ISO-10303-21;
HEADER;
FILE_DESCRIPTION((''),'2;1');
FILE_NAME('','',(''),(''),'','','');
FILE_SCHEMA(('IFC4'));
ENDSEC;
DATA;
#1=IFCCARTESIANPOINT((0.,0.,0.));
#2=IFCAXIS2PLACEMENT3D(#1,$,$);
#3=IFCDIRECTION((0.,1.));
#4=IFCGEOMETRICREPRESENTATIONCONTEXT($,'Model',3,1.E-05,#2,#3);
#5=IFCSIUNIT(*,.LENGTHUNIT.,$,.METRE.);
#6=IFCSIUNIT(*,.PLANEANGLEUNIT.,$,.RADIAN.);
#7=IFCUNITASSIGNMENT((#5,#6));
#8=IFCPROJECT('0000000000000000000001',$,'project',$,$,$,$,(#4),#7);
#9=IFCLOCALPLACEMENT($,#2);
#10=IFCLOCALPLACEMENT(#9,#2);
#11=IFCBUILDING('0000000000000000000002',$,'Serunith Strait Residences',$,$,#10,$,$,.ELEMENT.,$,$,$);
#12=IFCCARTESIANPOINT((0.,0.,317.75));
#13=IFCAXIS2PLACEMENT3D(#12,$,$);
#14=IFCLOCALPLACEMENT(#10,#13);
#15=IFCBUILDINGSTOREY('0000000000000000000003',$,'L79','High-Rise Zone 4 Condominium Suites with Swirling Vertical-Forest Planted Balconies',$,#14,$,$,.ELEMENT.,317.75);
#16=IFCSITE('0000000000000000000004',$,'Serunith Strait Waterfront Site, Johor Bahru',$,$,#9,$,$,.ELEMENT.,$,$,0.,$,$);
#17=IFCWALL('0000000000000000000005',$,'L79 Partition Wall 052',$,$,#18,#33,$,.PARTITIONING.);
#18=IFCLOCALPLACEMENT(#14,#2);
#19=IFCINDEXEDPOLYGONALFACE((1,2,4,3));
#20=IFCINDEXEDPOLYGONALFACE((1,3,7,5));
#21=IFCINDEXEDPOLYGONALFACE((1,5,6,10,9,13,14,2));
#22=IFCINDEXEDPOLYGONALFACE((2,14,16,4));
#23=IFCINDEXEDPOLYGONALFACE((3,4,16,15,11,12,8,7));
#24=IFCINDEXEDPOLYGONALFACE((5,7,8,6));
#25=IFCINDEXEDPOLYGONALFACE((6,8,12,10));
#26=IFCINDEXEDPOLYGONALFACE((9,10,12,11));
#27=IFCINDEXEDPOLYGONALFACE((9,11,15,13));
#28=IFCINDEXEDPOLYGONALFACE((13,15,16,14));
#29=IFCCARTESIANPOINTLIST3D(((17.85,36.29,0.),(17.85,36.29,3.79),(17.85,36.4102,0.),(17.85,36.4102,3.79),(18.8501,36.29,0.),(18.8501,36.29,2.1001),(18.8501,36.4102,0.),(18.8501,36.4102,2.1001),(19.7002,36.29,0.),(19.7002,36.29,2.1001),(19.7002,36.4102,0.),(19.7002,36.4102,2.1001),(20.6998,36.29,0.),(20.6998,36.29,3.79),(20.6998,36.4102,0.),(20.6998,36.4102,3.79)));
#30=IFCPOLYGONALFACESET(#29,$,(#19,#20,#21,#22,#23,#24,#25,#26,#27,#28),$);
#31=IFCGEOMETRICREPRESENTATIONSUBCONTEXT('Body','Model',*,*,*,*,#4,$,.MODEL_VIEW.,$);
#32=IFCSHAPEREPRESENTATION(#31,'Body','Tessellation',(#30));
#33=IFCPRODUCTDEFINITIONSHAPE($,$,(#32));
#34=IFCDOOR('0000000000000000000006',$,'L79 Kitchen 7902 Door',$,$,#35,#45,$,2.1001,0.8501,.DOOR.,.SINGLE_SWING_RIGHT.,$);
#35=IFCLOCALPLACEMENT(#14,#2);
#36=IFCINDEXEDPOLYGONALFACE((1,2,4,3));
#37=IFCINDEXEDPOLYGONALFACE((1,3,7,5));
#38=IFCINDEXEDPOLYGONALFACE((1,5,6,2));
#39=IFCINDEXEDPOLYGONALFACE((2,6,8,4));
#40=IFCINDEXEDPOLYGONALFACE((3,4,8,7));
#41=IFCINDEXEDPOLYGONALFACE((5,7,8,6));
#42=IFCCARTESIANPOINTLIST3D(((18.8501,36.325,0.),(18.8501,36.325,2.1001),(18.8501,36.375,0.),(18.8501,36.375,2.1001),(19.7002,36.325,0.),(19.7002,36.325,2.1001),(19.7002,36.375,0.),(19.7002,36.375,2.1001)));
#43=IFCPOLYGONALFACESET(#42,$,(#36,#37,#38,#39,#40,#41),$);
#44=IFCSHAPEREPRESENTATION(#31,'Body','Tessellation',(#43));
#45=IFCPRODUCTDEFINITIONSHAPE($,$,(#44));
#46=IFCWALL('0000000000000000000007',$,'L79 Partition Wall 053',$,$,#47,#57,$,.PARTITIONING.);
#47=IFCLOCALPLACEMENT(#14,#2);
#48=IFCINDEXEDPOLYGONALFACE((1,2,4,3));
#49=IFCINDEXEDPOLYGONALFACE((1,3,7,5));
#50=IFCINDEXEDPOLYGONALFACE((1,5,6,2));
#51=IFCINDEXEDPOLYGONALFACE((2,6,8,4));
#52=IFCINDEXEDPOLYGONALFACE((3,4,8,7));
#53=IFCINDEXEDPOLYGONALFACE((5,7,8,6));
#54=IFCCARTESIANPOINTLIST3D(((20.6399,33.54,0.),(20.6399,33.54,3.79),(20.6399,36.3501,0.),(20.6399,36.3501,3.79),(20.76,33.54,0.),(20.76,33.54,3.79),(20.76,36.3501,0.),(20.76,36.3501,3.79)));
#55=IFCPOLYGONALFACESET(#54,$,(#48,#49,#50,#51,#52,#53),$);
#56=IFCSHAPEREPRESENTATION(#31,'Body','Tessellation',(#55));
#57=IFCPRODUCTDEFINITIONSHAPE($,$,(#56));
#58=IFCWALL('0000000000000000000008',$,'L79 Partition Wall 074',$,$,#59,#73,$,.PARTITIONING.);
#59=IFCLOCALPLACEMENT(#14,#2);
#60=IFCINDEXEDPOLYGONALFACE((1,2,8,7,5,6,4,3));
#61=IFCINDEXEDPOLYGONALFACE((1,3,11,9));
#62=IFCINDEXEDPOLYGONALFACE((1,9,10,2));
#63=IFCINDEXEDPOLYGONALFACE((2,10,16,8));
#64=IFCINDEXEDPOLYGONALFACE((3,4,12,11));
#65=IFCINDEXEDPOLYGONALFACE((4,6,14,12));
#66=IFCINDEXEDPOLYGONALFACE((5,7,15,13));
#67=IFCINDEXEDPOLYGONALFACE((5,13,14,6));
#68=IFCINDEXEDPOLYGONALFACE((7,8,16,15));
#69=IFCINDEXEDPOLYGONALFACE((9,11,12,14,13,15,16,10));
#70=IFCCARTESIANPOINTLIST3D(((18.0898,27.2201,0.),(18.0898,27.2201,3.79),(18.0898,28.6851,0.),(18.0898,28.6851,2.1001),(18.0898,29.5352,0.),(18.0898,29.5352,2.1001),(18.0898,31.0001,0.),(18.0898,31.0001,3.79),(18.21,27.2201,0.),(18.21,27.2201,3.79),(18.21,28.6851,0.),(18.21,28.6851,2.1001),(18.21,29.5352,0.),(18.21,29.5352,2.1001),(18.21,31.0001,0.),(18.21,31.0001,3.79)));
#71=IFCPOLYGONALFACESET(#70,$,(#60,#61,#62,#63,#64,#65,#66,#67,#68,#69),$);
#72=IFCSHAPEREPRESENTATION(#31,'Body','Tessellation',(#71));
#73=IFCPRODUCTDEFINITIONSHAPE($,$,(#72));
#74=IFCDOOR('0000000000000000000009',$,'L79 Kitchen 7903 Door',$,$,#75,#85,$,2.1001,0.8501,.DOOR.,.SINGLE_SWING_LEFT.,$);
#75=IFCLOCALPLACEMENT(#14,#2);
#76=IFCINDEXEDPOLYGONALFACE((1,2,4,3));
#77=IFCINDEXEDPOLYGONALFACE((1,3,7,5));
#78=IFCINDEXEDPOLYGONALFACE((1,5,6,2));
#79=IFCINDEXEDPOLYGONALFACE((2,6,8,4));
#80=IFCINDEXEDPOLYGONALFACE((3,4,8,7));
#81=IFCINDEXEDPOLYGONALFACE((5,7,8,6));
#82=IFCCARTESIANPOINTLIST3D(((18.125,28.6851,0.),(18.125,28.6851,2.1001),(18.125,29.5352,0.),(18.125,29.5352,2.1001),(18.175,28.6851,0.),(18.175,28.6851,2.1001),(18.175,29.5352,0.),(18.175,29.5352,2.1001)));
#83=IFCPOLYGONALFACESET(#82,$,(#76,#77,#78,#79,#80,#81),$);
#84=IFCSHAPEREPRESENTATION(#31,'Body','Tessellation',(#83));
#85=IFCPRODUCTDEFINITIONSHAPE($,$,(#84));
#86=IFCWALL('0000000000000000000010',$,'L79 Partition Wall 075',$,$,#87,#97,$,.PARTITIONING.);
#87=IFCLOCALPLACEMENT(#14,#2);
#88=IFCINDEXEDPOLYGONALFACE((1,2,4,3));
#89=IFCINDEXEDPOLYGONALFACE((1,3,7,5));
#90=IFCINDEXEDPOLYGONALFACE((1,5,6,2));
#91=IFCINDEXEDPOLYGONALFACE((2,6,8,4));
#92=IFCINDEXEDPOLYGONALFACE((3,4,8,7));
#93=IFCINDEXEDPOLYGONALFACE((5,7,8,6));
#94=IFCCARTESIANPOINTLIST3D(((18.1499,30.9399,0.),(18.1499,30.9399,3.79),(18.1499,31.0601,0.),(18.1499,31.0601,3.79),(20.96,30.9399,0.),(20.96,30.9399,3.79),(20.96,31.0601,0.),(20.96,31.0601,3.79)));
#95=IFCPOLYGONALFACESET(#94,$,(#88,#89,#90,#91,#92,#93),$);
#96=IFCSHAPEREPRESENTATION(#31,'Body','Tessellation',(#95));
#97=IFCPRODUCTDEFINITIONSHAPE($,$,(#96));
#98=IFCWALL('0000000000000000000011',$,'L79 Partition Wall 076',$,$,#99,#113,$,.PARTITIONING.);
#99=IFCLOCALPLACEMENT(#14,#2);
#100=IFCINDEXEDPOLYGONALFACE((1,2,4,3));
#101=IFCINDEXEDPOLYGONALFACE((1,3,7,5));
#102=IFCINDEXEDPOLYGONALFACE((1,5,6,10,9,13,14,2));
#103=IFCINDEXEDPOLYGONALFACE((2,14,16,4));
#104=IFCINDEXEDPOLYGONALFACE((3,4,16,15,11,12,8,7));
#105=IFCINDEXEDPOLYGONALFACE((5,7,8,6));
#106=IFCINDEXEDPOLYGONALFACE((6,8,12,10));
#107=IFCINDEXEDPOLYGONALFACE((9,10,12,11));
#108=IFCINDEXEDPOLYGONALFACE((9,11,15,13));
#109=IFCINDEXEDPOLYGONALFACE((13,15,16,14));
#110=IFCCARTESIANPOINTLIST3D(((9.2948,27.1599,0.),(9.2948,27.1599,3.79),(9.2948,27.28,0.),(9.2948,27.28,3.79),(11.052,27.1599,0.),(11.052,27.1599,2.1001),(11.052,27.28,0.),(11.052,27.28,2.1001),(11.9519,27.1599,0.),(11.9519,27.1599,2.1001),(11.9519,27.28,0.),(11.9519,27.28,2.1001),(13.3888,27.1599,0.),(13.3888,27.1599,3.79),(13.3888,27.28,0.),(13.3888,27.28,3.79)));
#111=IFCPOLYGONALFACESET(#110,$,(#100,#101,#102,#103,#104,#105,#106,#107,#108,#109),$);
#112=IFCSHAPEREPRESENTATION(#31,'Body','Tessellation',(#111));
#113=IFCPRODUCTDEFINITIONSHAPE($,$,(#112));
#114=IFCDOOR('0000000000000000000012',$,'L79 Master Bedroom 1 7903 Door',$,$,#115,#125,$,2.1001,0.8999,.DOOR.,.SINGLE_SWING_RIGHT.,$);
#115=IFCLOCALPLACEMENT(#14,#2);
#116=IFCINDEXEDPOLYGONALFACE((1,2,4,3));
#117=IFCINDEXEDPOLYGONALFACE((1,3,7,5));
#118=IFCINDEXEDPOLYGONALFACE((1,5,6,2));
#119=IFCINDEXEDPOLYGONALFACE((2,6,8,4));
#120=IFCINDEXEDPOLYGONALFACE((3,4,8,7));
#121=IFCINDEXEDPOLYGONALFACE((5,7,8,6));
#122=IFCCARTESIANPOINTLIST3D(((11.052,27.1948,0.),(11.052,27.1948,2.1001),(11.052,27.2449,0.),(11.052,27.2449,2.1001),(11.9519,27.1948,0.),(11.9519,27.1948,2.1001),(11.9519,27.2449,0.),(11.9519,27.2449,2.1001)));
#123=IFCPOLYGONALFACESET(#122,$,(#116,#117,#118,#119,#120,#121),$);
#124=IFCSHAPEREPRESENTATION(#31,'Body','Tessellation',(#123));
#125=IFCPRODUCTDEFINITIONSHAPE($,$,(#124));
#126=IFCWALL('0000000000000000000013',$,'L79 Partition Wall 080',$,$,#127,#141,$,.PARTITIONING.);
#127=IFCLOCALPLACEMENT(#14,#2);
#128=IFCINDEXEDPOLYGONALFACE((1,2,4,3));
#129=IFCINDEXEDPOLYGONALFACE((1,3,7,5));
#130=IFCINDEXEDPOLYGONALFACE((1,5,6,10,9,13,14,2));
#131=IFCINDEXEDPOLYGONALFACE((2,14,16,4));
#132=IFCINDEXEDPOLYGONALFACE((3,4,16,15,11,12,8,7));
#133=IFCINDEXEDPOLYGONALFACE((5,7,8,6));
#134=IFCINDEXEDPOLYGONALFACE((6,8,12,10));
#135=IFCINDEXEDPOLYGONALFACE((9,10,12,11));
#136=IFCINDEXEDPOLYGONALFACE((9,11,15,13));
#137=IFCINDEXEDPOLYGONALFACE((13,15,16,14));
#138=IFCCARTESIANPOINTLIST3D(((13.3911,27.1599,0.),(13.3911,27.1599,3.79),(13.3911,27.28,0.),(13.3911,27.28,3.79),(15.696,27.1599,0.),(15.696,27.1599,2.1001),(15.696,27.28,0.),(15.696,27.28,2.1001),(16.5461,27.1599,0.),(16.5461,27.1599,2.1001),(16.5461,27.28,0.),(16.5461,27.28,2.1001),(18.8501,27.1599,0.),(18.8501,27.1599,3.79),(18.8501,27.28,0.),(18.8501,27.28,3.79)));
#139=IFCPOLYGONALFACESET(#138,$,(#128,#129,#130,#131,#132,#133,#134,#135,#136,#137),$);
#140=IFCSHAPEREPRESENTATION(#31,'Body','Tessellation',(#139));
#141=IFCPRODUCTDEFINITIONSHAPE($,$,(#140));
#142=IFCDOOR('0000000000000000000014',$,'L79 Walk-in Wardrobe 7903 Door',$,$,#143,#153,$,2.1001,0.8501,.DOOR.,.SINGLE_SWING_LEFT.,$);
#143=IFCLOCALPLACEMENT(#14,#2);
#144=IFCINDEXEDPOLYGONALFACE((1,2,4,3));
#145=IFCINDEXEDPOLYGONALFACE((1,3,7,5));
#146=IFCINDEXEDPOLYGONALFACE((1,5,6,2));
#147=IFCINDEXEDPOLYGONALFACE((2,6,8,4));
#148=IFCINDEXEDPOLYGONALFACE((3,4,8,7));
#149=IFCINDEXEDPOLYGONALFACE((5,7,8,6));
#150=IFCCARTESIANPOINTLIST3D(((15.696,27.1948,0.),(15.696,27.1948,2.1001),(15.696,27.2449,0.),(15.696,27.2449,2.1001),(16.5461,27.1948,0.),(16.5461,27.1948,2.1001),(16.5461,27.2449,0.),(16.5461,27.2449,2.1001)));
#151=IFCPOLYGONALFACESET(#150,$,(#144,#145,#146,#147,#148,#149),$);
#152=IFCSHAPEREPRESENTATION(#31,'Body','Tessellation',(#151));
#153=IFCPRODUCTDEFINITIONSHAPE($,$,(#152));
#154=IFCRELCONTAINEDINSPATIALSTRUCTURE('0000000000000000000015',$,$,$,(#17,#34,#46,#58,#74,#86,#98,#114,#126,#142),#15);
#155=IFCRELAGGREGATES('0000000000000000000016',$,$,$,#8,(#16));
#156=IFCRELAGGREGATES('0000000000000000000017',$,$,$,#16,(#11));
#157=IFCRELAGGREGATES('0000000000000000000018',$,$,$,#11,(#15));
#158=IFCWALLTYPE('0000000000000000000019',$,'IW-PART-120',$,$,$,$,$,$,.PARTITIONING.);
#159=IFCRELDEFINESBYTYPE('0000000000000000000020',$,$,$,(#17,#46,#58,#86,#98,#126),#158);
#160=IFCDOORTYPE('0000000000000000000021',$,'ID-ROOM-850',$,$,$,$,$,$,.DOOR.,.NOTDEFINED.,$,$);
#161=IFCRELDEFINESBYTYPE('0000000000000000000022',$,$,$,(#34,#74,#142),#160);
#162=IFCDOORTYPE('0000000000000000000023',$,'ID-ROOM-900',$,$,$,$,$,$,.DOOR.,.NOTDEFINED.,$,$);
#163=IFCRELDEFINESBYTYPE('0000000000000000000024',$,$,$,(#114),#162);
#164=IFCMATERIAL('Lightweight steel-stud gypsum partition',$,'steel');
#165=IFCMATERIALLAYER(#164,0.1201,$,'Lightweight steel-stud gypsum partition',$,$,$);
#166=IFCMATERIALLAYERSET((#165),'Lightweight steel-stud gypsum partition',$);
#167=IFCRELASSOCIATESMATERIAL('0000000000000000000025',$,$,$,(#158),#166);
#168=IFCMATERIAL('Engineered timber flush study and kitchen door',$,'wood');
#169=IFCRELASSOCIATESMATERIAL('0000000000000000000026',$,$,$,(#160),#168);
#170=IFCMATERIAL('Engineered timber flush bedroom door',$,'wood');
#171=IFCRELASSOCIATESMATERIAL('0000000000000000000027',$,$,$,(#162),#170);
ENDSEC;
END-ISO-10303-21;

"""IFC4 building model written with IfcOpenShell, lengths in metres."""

from ifc_helpers import new_model, si_unit, direction, frame, frame_2d, origin, place, context, subcontext, project, spatial, rectangle, extrude, source, transform, mapped, material, layer, layer_set, type_object, element, fill, save


model = new_model("IFC4")

# Units and contexts
model_context = context("Model", 3, precision=1e-05, world=origin(), true_north=direction((0.0, 1.0)))
body_context = subcontext(model_context, "Body", "Model", "MODEL_VIEW")
ifc_project = project(units=[si_unit("LENGTHUNIT", "METRE"), si_unit("PLANEANGLEUNIT", "RADIAN")], contexts=[model_context])

# Site, building, storey
site_placement = place(None, origin())
site = spatial("IfcSite", under=ifc_project, at=site_placement, Name="Serunith Strait Waterfront Site, Johor Bahru", CompositionType="ELEMENT", RefElevation=0.0)
building_placement = place(site_placement, origin())
building = spatial("IfcBuilding", under=site, at=building_placement, Name="Serunith Strait Residences", CompositionType="ELEMENT")
storey_placement = place(building_placement, frame((0.0, 0.0, 317.75)))
storey = spatial("IfcBuildingStorey", under=building, at=storey_placement, Name="L79", Description="High-Rise Zone 4 Condominium Suites with Swirling Vertical-Forest Planted Balconies", CompositionType="ELEMENT", Elevation=317.75)

# Wall, opening, door
ifc_material_1 = material(Name="Lightweight steel-stud gypsum partition", Category="steel")
ifc_layer_1 = layer(ifc_material_1, 0.1201, Name="Lightweight steel-stud gypsum partition")
ifc_layer_set_1 = layer_set([ifc_layer_1], Name="Lightweight steel-stud gypsum partition")
wall_type_1 = type_object("IfcWallType", Name="IW-PART-120", PredefinedType="PARTITIONING", material=ifc_layer_set_1)
wall_1_placement = place(storey_placement, frame((17.8501, 36.3501, 0.0), z_axis=(0.0, 0.0, 1.0), x_axis=(1.0, 0.0, 0.0)))
wall_1 = element("IfcWall", 1, at=wall_1_placement, inside=storey, type_object=wall_type_1, Name="L79 Partition Wall 052", PredefinedType="PARTITIONING", context=body_context, shape_type="SweptSolid", body=[
    extrude(rectangle(XDim=2.8499, YDim=0.1201, at=frame_2d((1.4248, 0.0))), origin(), (0.0, 0.0, 1.0), 3.79),
])
opening_1_placement = place(wall_1_placement, frame((1.0, 0.0, 0.0)))
opening_1 = element("IfcOpeningElement", 2, at=opening_1_placement, cuts=wall_1, PredefinedType="OPENING", context=body_context, shape_type="SweptSolid", body=[
    extrude(rectangle(XDim=0.8501, YDim=2.1001, at=frame_2d((0.425, 1.05))), frame((0.0, 0.0701, 0.0), z_axis=(0.0, -1.0, 0.0), x_axis=(1.0, 0.0, 0.0)), (0.0, 0.0, 1.0), 0.1401),
])
ifc_material_2 = material(Name="Engineered timber flush study and kitchen door", Category="wood")
door_type_1 = type_object("IfcDoorType", Name="ID-ROOM-850", OperationType="NOTDEFINED", PredefinedType="DOOR", material=ifc_material_2)
shared_shape_1 = source(origin(), body_context, "Body", "SweptSolid", [
    extrude(rectangle(XDim=0.8501, YDim=2.1001, at=frame_2d((0.425, 1.05))), frame((0.0, 0.0249, 0.0), z_axis=(0.0, -1.0, 0.0), x_axis=(1.0, 0.0, 0.0)), (0.0, 0.0, 1.0), 0.05),
])
door_1_placement = place(opening_1_placement, origin())
door_1 = element("IfcDoor", 3, at=door_1_placement, inside=storey, type_object=door_type_1, Name="L79 Kitchen 7902 Door", OperationType="SINGLE_SWING_RIGHT", OverallHeight=2.1001, OverallWidth=0.8501, PredefinedType="DOOR", context=body_context, shape_type="MappedRepresentation", body=[
    mapped(shared_shape_1, transform((0.0, 0.0, 0.0), scale=1.0)),
])
fill(opening_1, door_1)

# Wall
wall_2_placement = place(storey_placement, frame((20.7, 36.3501, 0.0), z_axis=(0.0, 0.0, 1.0), x_axis=(0.0, -1.0, 0.0)))
element("IfcWall", 4, at=wall_2_placement, inside=storey, type_object=wall_type_1, Name="L79 Partition Wall 053", PredefinedType="PARTITIONING", context=body_context, shape_type="SweptSolid", body=[
    extrude(rectangle(XDim=2.8101, YDim=0.1201, at=frame_2d((1.405, 0.0))), origin(), (0.0, 0.0, 1.0), 3.79),
])

# Wall, opening, door
wall_3_placement = place(storey_placement, frame((18.1499, 27.22, 0.0), z_axis=(0.0, 0.0, 1.0), x_axis=(0.0, 1.0, 0.0)))
wall_3 = element("IfcWall", 5, at=wall_3_placement, inside=storey, type_object=wall_type_1, Name="L79 Partition Wall 074", PredefinedType="PARTITIONING", context=body_context, shape_type="SweptSolid", body=[
    extrude(rectangle(XDim=3.78, YDim=0.1201, at=frame_2d((1.8901, 0.0))), origin(), (0.0, 0.0, 1.0), 3.79),
])
opening_2_placement = place(wall_3_placement, frame((1.4651, 0.0, 0.0)))
opening_2 = element("IfcOpeningElement", 6, at=opening_2_placement, cuts=wall_3, PredefinedType="OPENING", context=body_context, shape_type="SweptSolid", body=[
    extrude(rectangle(XDim=0.8501, YDim=2.1001, at=frame_2d((0.425, 1.05))), frame((0.0, 0.0701, 0.0), z_axis=(0.0, -1.0, 0.0), x_axis=(1.0, 0.0, 0.0)), (0.0, 0.0, 1.0), 0.1401),
])
door_2_placement = place(opening_2_placement, origin())
door_2 = element("IfcDoor", 7, at=door_2_placement, inside=storey, type_object=door_type_1, Name="L79 Kitchen 7903 Door", OperationType="SINGLE_SWING_LEFT", OverallHeight=2.1001, OverallWidth=0.8501, PredefinedType="DOOR", context=body_context, shape_type="MappedRepresentation", body=[
    mapped(shared_shape_1, transform((0.0, 0.0, 0.0), scale=1.0)),
])
fill(opening_2, door_2)

# Wall
wall_4_placement = place(storey_placement, frame((18.1499, 31.0, 0.0), z_axis=(0.0, 0.0, 1.0), x_axis=(1.0, 0.0, 0.0)))
element("IfcWall", 8, at=wall_4_placement, inside=storey, type_object=wall_type_1, Name="L79 Partition Wall 075", PredefinedType="PARTITIONING", context=body_context, shape_type="SweptSolid", body=[
    extrude(rectangle(XDim=2.8101, YDim=0.1201, at=frame_2d((1.405, 0.0))), origin(), (0.0, 0.0, 1.0), 3.79),
])

# Walls, openings, doors
wall_5_placement = place(storey_placement, frame((9.2949, 27.22, 0.0), z_axis=(0.0, 0.0, 1.0), x_axis=(1.0, 0.0, 0.0)))
wall_5 = element("IfcWall", 9, at=wall_5_placement, inside=storey, type_object=wall_type_1, Name="L79 Partition Wall 076", PredefinedType="PARTITIONING", context=body_context, shape_type="SweptSolid", body=[
    extrude(rectangle(XDim=4.094, YDim=0.1201, at=frame_2d((2.0469, 0.0))), origin(), (0.0, 0.0, 1.0), 3.79),
])
opening_3_placement = place(wall_5_placement, frame((1.7571, 0.0, 0.0)))
opening_3 = element("IfcOpeningElement", 10, at=opening_3_placement, cuts=wall_5, PredefinedType="OPENING", context=body_context, shape_type="SweptSolid", body=[
    extrude(rectangle(XDim=0.8999, YDim=2.1001, at=frame_2d((0.45, 1.05))), frame((0.0, 0.0701, 0.0), z_axis=(0.0, -1.0, 0.0), x_axis=(1.0, 0.0, 0.0)), (0.0, 0.0, 1.0), 0.1401),
])
ifc_material_3 = material(Name="Engineered timber flush bedroom door", Category="wood")
door_type_2 = type_object("IfcDoorType", Name="ID-ROOM-900", OperationType="NOTDEFINED", PredefinedType="DOOR", material=ifc_material_3)
shared_shape_2 = source(origin(), body_context, "Body", "SweptSolid", [
    extrude(rectangle(XDim=0.8999, YDim=2.1001, at=frame_2d((0.45, 1.05))), frame((0.0, 0.0249, 0.0), z_axis=(0.0, -1.0, 0.0), x_axis=(1.0, 0.0, 0.0)), (0.0, 0.0, 1.0), 0.05),
])
door_3_placement = place(opening_3_placement, origin())
door_3 = element("IfcDoor", 11, at=door_3_placement, inside=storey, type_object=door_type_2, Name="L79 Master Bedroom 1 7903 Door", OperationType="SINGLE_SWING_RIGHT", OverallHeight=2.1001, OverallWidth=0.8999, PredefinedType="DOOR", context=body_context, shape_type="MappedRepresentation", body=[
    mapped(shared_shape_2, transform((0.0, 0.0, 0.0), scale=1.0)),
])
fill(opening_3, door_3)
wall_6_placement = place(storey_placement, frame((13.3911, 27.22, 0.0), z_axis=(0.0, 0.0, 1.0), x_axis=(1.0, 0.0, 0.0)))
wall_6 = element("IfcWall", 12, at=wall_6_placement, inside=storey, type_object=wall_type_1, Name="L79 Partition Wall 080", PredefinedType="PARTITIONING", context=body_context, shape_type="SweptSolid", body=[
    extrude(rectangle(XDim=5.459, YDim=0.1201, at=frame_2d((2.7295, 0.0))), origin(), (0.0, 0.0, 1.0), 3.79),
])
opening_4_placement = place(wall_6_placement, frame((2.3049, 0.0, 0.0)))
opening_4 = element("IfcOpeningElement", 13, at=opening_4_placement, cuts=wall_6, PredefinedType="OPENING", context=body_context, shape_type="SweptSolid", body=[
    extrude(rectangle(XDim=0.8501, YDim=2.1001, at=frame_2d((0.425, 1.05))), frame((0.0, 0.0701, 0.0), z_axis=(0.0, -1.0, 0.0), x_axis=(1.0, 0.0, 0.0)), (0.0, 0.0, 1.0), 0.1401),
])
door_4_placement = place(opening_4_placement, origin())
door_4 = element("IfcDoor", 14, at=door_4_placement, inside=storey, type_object=door_type_1, Name="L79 Walk-in Wardrobe 7903 Door", OperationType="SINGLE_SWING_LEFT", OverallHeight=2.1001, OverallWidth=0.8501, PredefinedType="DOOR", context=body_context, shape_type="MappedRepresentation", body=[
    mapped(shared_shape_1, transform((0.0, 0.0, 0.0), scale=1.0)),
])
fill(opening_4, door_4)

save(model, "model.ifc")
